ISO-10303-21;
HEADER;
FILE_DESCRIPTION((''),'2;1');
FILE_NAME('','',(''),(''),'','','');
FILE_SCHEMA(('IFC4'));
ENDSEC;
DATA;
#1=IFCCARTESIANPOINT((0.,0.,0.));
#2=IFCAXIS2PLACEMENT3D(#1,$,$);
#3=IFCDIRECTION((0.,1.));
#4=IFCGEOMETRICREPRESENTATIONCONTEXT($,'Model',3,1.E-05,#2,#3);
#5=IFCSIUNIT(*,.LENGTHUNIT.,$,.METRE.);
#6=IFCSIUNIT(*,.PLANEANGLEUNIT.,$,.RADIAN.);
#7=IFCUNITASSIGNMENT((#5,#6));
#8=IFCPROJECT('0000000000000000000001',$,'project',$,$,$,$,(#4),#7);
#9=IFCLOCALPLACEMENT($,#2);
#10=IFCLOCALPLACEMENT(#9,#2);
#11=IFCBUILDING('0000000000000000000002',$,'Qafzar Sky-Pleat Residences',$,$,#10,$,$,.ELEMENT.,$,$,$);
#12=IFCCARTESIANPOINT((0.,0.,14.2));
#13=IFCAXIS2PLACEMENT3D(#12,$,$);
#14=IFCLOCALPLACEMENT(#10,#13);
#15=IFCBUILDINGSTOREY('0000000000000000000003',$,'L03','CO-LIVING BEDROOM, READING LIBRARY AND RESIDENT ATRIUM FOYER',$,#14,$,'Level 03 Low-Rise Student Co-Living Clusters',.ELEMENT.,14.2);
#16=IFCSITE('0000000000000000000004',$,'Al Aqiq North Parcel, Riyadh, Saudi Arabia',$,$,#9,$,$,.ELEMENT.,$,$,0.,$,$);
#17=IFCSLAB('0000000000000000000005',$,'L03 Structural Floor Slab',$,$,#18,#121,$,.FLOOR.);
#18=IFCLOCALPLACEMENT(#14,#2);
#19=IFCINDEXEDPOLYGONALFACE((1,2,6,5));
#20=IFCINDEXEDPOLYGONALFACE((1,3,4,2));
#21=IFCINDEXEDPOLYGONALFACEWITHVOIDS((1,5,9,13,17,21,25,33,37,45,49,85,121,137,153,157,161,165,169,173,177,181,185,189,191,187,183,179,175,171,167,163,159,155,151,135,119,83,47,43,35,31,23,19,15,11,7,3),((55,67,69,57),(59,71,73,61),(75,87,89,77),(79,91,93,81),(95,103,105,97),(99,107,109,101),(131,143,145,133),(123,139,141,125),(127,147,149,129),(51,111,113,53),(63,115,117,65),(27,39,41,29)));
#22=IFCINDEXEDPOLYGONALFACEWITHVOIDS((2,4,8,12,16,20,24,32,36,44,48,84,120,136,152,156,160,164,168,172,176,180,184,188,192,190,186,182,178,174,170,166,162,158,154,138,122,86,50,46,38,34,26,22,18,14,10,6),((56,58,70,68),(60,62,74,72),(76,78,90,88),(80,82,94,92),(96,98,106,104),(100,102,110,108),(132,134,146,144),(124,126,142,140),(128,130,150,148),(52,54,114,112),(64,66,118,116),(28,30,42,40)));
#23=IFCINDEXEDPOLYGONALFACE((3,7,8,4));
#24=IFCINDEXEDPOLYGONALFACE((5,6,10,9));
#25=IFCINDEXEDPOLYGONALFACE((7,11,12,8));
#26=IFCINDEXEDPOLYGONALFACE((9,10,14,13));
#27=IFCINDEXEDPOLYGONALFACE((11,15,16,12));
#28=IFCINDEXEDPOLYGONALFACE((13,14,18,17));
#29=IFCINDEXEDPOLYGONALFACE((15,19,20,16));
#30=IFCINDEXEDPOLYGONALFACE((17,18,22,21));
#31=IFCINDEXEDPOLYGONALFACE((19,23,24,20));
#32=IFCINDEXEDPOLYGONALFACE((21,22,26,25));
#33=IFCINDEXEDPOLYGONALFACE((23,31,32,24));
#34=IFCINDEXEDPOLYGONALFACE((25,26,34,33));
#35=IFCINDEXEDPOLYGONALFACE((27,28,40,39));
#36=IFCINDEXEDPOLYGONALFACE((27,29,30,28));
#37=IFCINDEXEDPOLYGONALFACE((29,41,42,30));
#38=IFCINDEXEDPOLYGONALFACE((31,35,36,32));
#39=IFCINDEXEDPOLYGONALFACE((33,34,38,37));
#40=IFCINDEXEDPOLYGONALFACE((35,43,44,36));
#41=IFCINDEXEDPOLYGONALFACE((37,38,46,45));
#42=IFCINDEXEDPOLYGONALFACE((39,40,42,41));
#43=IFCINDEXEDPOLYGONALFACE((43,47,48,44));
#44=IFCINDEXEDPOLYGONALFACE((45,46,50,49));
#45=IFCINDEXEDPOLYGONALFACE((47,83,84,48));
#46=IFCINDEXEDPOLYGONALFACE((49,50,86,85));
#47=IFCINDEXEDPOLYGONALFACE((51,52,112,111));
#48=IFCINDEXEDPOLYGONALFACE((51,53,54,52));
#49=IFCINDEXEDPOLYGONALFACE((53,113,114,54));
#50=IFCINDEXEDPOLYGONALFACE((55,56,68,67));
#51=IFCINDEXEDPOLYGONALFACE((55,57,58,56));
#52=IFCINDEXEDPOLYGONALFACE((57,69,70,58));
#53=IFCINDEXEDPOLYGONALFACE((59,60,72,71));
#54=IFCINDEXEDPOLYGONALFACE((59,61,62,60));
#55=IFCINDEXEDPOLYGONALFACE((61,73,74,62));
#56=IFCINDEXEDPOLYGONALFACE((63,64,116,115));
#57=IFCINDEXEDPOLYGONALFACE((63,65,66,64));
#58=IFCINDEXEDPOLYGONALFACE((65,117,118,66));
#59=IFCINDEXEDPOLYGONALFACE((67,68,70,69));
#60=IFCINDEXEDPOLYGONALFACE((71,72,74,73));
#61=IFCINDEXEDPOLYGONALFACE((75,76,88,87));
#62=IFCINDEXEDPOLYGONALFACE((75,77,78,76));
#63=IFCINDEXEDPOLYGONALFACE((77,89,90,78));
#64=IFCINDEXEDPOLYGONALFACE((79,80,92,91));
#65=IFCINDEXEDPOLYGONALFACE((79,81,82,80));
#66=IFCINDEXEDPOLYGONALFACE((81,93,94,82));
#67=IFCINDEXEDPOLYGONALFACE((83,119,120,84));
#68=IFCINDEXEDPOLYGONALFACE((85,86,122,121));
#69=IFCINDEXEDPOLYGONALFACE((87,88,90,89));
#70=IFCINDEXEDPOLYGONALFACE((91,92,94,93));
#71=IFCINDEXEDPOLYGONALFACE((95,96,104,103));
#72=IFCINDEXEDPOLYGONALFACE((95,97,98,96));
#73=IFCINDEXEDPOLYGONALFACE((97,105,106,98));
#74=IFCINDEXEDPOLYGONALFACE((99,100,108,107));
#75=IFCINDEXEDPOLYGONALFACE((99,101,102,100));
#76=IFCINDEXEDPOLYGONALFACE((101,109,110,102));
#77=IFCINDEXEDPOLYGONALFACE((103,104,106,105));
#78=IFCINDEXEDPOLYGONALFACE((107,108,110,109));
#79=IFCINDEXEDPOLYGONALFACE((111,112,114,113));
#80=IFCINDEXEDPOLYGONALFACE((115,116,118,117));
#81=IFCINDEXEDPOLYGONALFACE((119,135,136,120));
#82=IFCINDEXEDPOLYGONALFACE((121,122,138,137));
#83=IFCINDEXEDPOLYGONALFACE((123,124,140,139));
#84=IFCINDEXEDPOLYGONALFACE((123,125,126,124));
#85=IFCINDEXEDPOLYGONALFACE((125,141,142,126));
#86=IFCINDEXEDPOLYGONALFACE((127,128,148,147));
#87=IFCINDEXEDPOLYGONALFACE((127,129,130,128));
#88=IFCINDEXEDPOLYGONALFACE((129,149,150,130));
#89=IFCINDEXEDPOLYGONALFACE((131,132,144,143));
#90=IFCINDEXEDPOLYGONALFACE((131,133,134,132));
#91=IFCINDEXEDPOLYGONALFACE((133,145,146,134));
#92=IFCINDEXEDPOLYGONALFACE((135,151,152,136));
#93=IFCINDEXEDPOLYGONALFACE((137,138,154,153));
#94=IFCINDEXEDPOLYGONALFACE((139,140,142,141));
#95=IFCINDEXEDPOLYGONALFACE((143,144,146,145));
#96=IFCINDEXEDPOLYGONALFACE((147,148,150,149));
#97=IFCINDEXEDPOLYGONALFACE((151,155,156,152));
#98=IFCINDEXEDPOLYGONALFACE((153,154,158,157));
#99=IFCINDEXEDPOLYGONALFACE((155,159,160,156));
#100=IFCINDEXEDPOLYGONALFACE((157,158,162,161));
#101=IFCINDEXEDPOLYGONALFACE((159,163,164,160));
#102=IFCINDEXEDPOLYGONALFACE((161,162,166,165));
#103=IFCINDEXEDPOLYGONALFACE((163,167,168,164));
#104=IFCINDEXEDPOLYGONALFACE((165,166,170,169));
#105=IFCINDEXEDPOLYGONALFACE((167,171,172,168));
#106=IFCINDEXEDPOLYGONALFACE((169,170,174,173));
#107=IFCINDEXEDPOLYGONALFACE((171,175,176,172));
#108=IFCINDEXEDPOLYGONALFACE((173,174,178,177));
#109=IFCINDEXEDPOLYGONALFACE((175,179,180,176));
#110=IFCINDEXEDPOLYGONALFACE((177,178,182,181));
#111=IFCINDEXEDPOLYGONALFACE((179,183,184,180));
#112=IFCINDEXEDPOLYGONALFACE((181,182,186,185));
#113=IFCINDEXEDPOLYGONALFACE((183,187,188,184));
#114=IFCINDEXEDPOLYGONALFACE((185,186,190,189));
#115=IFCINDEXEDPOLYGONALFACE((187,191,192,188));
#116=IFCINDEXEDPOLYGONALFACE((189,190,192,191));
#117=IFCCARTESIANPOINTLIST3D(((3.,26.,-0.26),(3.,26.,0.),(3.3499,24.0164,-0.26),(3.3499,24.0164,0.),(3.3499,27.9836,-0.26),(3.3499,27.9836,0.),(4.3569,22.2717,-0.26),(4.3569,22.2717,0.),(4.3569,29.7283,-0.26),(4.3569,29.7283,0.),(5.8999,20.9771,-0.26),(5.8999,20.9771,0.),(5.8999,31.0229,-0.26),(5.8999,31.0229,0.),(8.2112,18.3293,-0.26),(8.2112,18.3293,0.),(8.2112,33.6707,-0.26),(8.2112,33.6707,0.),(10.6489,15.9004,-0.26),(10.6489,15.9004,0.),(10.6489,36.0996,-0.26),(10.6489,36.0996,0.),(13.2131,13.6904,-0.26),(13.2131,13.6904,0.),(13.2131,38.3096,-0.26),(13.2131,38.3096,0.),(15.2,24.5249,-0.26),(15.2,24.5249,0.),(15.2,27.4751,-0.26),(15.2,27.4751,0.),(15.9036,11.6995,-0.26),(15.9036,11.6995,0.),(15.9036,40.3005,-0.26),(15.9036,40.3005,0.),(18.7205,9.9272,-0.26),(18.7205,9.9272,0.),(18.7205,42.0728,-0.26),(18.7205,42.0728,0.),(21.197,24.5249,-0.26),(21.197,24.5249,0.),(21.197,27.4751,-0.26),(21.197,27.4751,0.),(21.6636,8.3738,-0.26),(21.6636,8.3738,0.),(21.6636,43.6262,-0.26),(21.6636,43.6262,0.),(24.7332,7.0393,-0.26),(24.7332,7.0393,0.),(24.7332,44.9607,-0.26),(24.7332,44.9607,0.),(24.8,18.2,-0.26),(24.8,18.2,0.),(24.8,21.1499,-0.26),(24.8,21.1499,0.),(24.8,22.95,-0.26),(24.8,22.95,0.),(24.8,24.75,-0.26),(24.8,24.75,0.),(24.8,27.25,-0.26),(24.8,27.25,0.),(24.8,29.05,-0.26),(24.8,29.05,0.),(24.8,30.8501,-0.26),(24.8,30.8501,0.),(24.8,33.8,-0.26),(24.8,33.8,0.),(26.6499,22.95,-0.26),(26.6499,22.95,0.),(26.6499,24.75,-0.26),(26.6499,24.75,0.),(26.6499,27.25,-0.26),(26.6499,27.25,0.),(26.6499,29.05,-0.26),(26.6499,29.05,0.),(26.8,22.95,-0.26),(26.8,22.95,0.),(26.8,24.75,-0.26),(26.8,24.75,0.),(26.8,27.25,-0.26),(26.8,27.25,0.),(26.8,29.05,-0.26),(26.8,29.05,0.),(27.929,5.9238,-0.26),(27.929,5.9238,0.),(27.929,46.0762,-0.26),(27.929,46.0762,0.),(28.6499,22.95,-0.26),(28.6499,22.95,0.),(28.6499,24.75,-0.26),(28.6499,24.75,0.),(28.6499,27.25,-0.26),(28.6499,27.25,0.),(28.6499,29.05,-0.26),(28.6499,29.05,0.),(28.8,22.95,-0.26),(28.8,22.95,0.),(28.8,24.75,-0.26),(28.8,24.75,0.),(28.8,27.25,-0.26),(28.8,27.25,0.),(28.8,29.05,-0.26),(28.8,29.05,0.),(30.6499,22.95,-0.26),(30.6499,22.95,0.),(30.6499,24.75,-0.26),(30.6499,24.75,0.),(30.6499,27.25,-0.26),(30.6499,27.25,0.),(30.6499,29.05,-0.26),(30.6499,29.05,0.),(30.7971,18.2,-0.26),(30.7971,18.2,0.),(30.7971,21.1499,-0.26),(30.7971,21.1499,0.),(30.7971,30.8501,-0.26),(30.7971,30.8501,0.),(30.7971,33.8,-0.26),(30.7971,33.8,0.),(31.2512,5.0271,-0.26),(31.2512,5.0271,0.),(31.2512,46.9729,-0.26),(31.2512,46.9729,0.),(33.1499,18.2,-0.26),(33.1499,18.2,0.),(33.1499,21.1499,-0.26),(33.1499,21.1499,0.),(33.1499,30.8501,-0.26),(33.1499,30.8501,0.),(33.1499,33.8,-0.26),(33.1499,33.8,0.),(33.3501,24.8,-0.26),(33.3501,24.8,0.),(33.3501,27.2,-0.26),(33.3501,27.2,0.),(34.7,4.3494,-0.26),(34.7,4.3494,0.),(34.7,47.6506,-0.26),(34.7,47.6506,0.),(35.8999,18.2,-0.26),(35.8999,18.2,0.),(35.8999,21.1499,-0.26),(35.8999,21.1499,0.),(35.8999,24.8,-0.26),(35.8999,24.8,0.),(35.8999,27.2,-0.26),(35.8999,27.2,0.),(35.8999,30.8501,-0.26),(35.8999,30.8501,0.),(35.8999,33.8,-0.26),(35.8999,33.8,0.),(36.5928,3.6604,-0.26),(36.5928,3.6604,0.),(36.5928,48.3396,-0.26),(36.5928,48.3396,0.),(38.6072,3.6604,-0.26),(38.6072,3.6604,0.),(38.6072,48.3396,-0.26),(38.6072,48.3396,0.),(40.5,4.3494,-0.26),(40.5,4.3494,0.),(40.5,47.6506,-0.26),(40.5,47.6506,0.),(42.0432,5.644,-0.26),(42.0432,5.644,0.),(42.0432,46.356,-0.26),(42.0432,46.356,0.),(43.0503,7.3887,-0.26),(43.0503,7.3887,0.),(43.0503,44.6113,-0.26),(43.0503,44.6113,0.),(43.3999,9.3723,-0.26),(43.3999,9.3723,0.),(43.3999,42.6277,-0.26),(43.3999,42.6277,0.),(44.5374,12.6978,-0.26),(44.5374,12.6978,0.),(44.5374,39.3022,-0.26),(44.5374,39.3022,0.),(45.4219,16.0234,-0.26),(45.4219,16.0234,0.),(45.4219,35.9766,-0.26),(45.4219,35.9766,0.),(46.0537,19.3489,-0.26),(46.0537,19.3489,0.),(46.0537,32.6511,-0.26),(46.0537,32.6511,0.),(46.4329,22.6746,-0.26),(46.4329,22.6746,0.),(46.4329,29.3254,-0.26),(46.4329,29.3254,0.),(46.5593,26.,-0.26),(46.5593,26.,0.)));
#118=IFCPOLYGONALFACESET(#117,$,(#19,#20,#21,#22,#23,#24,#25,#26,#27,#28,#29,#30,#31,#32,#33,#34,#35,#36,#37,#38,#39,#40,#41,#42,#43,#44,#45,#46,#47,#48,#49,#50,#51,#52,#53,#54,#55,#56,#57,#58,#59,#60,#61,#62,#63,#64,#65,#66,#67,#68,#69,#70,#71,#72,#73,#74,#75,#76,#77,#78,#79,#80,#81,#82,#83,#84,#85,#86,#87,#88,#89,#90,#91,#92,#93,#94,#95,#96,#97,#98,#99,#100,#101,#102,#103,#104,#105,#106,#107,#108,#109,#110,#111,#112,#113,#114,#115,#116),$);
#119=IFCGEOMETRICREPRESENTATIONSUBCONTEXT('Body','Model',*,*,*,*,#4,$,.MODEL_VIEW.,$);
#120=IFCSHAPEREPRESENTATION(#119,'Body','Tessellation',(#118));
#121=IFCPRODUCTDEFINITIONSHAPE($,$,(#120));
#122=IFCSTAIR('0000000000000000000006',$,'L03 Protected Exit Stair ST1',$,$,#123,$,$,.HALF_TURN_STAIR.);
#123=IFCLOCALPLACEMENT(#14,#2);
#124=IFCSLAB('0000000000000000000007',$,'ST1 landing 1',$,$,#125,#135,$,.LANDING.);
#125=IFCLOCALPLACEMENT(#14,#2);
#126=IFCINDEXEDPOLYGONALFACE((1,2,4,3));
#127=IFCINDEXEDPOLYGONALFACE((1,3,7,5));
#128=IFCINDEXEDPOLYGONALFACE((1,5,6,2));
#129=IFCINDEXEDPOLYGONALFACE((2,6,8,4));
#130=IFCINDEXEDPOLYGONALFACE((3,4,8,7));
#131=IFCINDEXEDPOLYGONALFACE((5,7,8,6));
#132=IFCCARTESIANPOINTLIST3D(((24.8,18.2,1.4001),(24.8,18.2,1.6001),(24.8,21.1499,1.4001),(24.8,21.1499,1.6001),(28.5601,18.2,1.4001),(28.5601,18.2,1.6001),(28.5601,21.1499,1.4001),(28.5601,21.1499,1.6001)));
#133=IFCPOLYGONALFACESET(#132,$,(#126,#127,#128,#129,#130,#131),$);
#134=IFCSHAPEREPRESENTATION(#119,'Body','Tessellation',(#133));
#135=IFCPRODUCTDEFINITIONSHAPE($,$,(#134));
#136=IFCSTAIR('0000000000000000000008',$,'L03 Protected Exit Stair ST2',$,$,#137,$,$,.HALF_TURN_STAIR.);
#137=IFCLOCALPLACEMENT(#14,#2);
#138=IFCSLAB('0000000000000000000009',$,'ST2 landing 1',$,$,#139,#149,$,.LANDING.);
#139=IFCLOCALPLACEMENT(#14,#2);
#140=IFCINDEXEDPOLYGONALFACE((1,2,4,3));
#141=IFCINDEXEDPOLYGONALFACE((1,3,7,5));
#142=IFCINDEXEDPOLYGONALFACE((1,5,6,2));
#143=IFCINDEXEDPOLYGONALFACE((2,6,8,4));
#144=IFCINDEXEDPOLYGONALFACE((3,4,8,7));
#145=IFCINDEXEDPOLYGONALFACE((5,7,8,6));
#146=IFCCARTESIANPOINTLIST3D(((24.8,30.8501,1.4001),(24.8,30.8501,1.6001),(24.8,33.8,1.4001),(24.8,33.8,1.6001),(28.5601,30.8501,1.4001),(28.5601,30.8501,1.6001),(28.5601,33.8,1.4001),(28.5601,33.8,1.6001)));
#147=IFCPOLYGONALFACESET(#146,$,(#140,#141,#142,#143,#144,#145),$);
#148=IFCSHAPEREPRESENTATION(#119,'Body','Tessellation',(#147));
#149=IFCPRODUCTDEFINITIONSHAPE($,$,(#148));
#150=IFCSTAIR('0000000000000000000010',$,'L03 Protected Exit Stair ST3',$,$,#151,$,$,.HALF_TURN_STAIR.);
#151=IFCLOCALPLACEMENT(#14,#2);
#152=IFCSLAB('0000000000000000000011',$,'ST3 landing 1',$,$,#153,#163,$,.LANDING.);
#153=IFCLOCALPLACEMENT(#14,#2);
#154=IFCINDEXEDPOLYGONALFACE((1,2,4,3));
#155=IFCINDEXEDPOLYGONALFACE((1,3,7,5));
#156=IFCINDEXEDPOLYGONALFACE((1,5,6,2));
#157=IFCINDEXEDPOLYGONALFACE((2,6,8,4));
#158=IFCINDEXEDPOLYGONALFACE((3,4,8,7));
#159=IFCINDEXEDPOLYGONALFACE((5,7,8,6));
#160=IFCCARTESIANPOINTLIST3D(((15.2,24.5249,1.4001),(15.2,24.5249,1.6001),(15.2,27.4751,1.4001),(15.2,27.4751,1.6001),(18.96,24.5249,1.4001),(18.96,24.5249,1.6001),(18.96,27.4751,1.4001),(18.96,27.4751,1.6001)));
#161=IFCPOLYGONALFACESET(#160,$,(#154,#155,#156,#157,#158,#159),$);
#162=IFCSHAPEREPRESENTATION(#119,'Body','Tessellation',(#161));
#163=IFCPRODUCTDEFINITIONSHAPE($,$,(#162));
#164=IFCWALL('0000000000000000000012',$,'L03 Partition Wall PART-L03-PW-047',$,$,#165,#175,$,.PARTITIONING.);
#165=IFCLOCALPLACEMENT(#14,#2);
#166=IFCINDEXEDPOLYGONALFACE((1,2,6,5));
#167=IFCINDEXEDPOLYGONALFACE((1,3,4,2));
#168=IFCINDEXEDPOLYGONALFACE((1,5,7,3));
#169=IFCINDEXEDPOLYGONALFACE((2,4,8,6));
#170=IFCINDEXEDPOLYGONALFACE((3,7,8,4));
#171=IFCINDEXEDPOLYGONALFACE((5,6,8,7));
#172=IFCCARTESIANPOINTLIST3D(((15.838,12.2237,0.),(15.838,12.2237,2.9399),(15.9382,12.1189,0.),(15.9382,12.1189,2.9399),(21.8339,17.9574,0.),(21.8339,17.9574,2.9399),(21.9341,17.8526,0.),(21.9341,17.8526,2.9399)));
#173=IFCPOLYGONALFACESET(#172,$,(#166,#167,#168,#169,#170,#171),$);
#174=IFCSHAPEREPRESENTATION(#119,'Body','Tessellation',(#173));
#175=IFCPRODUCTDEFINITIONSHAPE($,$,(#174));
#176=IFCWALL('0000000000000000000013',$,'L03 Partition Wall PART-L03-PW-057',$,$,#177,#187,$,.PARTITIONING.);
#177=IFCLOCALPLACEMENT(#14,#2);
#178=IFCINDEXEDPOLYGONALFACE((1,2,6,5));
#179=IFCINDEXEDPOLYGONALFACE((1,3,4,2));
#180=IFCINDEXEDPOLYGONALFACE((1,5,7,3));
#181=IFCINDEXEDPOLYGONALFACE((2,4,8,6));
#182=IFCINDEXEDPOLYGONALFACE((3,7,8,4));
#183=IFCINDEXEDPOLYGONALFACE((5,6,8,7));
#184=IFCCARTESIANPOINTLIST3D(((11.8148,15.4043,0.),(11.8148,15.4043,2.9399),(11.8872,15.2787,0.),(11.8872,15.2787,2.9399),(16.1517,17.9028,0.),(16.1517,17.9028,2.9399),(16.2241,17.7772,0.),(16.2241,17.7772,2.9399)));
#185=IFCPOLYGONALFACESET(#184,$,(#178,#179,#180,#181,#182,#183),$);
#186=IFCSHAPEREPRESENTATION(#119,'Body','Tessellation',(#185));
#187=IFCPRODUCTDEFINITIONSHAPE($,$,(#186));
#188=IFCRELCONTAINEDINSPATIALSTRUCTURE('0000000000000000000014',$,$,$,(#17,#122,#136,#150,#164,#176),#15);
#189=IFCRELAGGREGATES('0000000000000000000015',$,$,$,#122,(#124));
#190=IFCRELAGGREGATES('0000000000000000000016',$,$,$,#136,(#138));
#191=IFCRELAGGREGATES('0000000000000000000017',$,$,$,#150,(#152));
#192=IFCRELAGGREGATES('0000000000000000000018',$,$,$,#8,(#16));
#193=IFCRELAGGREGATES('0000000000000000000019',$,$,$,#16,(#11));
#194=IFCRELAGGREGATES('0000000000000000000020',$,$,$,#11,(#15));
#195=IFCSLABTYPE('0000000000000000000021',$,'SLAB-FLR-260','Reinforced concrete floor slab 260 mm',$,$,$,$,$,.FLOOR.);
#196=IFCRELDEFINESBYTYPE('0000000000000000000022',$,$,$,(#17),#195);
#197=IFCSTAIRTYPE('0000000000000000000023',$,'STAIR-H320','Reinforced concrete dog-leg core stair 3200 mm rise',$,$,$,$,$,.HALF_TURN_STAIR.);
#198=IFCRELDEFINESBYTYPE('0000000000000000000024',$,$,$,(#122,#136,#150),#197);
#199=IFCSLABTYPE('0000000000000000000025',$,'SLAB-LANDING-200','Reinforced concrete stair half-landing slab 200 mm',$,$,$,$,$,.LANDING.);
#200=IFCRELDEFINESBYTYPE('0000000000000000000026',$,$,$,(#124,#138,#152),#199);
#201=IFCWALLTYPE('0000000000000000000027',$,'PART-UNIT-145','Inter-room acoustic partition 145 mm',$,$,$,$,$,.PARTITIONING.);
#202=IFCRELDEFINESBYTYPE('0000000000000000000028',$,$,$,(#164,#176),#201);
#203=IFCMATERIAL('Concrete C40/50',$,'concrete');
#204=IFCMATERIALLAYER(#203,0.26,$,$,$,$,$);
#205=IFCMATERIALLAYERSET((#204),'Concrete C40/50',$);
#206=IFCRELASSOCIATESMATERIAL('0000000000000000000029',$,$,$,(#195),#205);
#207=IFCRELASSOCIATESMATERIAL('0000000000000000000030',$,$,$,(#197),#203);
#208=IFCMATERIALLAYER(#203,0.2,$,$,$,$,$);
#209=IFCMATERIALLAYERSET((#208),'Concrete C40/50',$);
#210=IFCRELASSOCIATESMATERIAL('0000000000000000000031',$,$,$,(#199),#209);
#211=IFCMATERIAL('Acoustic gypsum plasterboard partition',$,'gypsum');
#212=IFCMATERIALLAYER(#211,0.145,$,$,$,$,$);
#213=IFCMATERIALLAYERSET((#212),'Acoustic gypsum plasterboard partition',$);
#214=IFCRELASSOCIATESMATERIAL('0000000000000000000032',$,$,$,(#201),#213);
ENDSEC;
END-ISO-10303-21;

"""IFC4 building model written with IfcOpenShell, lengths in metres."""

from ifc_helpers import new_model, si_unit, direction, frame, frame_2d, origin, place, context, subcontext, project, spatial, polyline, rectangle, outline, extrude, material, layer, layer_set, type_object, element, aggregate, save


model = new_model("IFC4")

# Units and contexts
model_context = context("Model", 3, precision=1e-05, world=origin(), true_north=direction((0.0, 1.0)))
body_context = subcontext(model_context, "Body", "Model", "MODEL_VIEW")
ifc_project = project(units=[si_unit("LENGTHUNIT", "METRE"), si_unit("PLANEANGLEUNIT", "RADIAN")], contexts=[model_context])

# Site, building, storey
site_placement = place(None, origin())
site = spatial("IfcSite", under=ifc_project, at=site_placement, Name="Al Aqiq North Parcel, Riyadh, Saudi Arabia", CompositionType="ELEMENT", RefElevation=0.0)
building_placement = place(site_placement, origin())
building = spatial("IfcBuilding", under=site, at=building_placement, Name="Qafzar Sky-Pleat Residences", CompositionType="ELEMENT")
storey_placement = place(building_placement, frame((0.0, 0.0, 14.2)))
storey = spatial("IfcBuildingStorey", under=building, at=storey_placement, Name="L03", Description="CO-LIVING BEDROOM, READING LIBRARY AND RESIDENT ATRIUM FOYER", LongName="Level 03 Low-Rise Student Co-Living Clusters", CompositionType="ELEMENT", Elevation=14.2)

# Slab
ifc_material_1 = material(Name="Concrete C40/50", Category="concrete")
ifc_layer_1 = layer(ifc_material_1, 0.26)
ifc_layer_set_1 = layer_set([ifc_layer_1], Name="Concrete C40/50")
slab_type_1 = type_object("IfcSlabType", Name="SLAB-FLR-260", Description="Reinforced concrete floor slab 260 mm", PredefinedType="FLOOR", material=ifc_layer_set_1)
slab_1_placement = place(storey_placement, frame((0.0, 0.0, -0.26)))
element("IfcSlab", 1, at=slab_1_placement, inside=storey, type_object=slab_type_1, Name="L03 Structural Floor Slab", PredefinedType="FLOOR", context=body_context, shape_type="SweptSolid", body=[
    extrude(outline(polyline([(5.8999, 31.0229), (4.3569, 29.7283), (3.3499, 27.9836), (3.0, 26.0), (3.3499, 24.0164), (4.3569, 22.2717), (5.8999, 20.9771), (8.2112, 18.3293), (10.6489, 15.9004), (13.2131, 13.6904), (15.9036, 11.6995), (18.7205, 9.9272), (21.6636, 8.3738), (24.7332, 7.0393), (27.929, 5.9238), (31.2512, 5.0271), (34.7, 4.3494), (36.5928, 3.6604), (38.6072, 3.6604), (40.5, 4.3494), (42.0432, 5.644), (43.0503, 7.3887), (43.3999, 9.3723), (44.5374, 12.6978), (45.4219, 16.0234), (46.0537, 19.3489), (46.4329, 22.6746), (46.5593, 26.0), (46.4329, 29.3254), (46.0537, 32.6511), (45.4219, 35.9766), (44.5374, 39.3022), (43.3999, 42.6277), (43.0503, 44.6113), (42.0432, 46.356), (40.5, 47.6506), (38.6072, 48.3396), (36.5928, 48.3396), (34.7, 47.6506), (31.2512, 46.9729), (27.929, 46.0762), (24.7332, 44.9607), (21.6636, 43.6262), (18.7205, 42.0728), (15.9036, 40.3005), (13.2131, 38.3096), (10.6489, 36.0996), (8.2112, 33.6707), (5.8999, 31.0229)]), holes=[polyline([(30.7971, 21.1499), (24.8, 21.1499), (24.8, 18.2), (30.7971, 18.2), (30.7971, 21.1499)]), polyline([(30.7971, 33.8), (24.8, 33.8), (24.8, 30.8501), (30.7971, 30.8501), (30.7971, 33.8)]), polyline([(21.197, 27.4751), (15.2, 27.4751), (15.2, 24.5249), (21.197, 24.5249), (21.197, 27.4751)]), polyline([(24.8, 22.95), (26.6499, 22.95), (26.6499, 24.75), (24.8, 24.75), (24.8, 22.95)]), polyline([(26.8, 22.95), (28.6499, 22.95), (28.6499, 24.75), (26.8, 24.75), (26.8, 22.95)]), polyline([(28.8, 22.95), (30.6499, 22.95), (30.6499, 24.75), (28.8, 24.75), (28.8, 22.95)]), polyline([(24.8, 27.25), (26.6499, 27.25), (26.6499, 29.05), (24.8, 29.05), (24.8, 27.25)]), polyline([(26.8, 27.25), (28.6499, 27.25), (28.6499, 29.05), (26.8, 29.05), (26.8, 27.25)]), polyline([(28.8, 27.25), (30.6499, 27.25), (30.6499, 29.05), (28.8, 29.05), (28.8, 27.25)]), polyline([(33.1499, 18.2), (35.8999, 18.2), (35.8999, 21.1499), (33.1499, 21.1499), (33.1499, 18.2)]), polyline([(33.1499, 30.8501), (35.8999, 30.8501), (35.8999, 33.8), (33.1499, 33.8), (33.1499, 30.8501)]), polyline([(33.3501, 24.8), (35.8999, 24.8), (35.8999, 27.2), (33.3501, 27.2), (33.3501, 24.8)])]), origin(), (0.0, 0.0, 1.0), 0.26),
])

# Stairs, slabs
stair_type = type_object("IfcStairType", Name="STAIR-H320", Description="Reinforced concrete dog-leg core stair 3200 mm rise", PredefinedType="HALF_TURN_STAIR", material=ifc_material_1)
stair_1_placement = place(storey_placement, origin())
stair_1 = element("IfcStair", 2, at=stair_1_placement, inside=storey, type_object=stair_type, Name="L03 Protected Exit Stair ST1", PredefinedType="HALF_TURN_STAIR")
ifc_layer_2 = layer(ifc_material_1, 0.2)
ifc_layer_set_2 = layer_set([ifc_layer_2], Name="Concrete C40/50")
slab_type_2 = type_object("IfcSlabType", Name="SLAB-LANDING-200", Description="Reinforced concrete stair half-landing slab 200 mm", PredefinedType="LANDING", material=ifc_layer_set_2)
slab_2_placement = place(storey_placement, frame((0.0, 0.0, 1.4001)))
slab_2 = element("IfcSlab", 3, at=slab_2_placement, type_object=slab_type_2, Name="ST1 landing 1", PredefinedType="LANDING", context=body_context, shape_type="SweptSolid", body=[
    extrude(outline(polyline([(28.5601, 21.1499), (24.8, 21.1499), (24.8, 18.2), (28.5601, 18.2), (28.5601, 21.1499)])), origin(), (0.0, 0.0, 1.0), 0.2),
])
aggregate(stair_1, [slab_2])
stair_2_placement = place(storey_placement, origin())
stair_2 = element("IfcStair", 4, at=stair_2_placement, inside=storey, type_object=stair_type, Name="L03 Protected Exit Stair ST2", PredefinedType="HALF_TURN_STAIR")
slab_3_placement = place(storey_placement, frame((0.0, 0.0, 1.4001)))
slab_3 = element("IfcSlab", 5, at=slab_3_placement, type_object=slab_type_2, Name="ST2 landing 1", PredefinedType="LANDING", context=body_context, shape_type="SweptSolid", body=[
    extrude(outline(polyline([(28.5601, 33.8), (24.8, 33.8), (24.8, 30.8501), (28.5601, 30.8501), (28.5601, 33.8)])), origin(), (0.0, 0.0, 1.0), 0.2),
])
aggregate(stair_2, [slab_3])
stair_3_placement = place(storey_placement, origin())
stair_3 = element("IfcStair", 6, at=stair_3_placement, inside=storey, type_object=stair_type, Name="L03 Protected Exit Stair ST3", PredefinedType="HALF_TURN_STAIR")
slab_4_placement = place(storey_placement, frame((0.0, 0.0, 1.4001)))
slab_4 = element("IfcSlab", 7, at=slab_4_placement, type_object=slab_type_2, Name="ST3 landing 1", PredefinedType="LANDING", context=body_context, shape_type="SweptSolid", body=[
    extrude(outline(polyline([(18.96, 27.4751), (15.2, 27.4751), (15.2, 24.5249), (18.96, 24.5249), (18.96, 27.4751)])), origin(), (0.0, 0.0, 1.0), 0.2),
])
aggregate(stair_3, [slab_4])

# Walls
ifc_material_2 = material(Name="Acoustic gypsum plasterboard partition", Category="gypsum")
ifc_layer_3 = layer(ifc_material_2, 0.145)
ifc_layer_set_3 = layer_set([ifc_layer_3], Name="Acoustic gypsum plasterboard partition")
wall_type_1 = type_object("IfcWallType", Name="PART-UNIT-145", Description="Inter-room acoustic partition 145 mm", PredefinedType="PARTITIONING", material=ifc_layer_set_3)
wall_1_placement = place(storey_placement, frame((15.8882, 12.1714, 0.0), z_axis=(0.0, 0.0, 1.0), x_axis=(0.722733, 0.691127, 0.0)))
element("IfcWall", 8, at=wall_1_placement, inside=storey, type_object=wall_type_1, Name="L03 Partition Wall PART-L03-PW-047", PredefinedType="PARTITIONING", context=body_context, shape_type="SweptSolid", body=[
    extrude(rectangle(XDim=8.2961, YDim=0.145, at=frame_2d((4.1479, 0.0))), origin(), (0.0, 0.0, 1.0), 2.9399),
])
wall_2_placement = place(storey_placement, frame((11.8511, 15.3416, 0.0), z_axis=(0.0, 0.0, 1.0), x_axis=(0.866491, 0.499193, 0.0)))
element("IfcWall", 9, at=wall_2_placement, inside=storey, type_object=wall_type_1, Name="L03 Partition Wall PART-L03-PW-057", PredefinedType="PARTITIONING", context=body_context, shape_type="SweptSolid", body=[
    extrude(rectangle(XDim=5.0051, YDim=0.145, at=frame_2d((2.5024, 0.0))), origin(), (0.0, 0.0, 1.0), 2.9399),
])

save(model, "model.ifc")
